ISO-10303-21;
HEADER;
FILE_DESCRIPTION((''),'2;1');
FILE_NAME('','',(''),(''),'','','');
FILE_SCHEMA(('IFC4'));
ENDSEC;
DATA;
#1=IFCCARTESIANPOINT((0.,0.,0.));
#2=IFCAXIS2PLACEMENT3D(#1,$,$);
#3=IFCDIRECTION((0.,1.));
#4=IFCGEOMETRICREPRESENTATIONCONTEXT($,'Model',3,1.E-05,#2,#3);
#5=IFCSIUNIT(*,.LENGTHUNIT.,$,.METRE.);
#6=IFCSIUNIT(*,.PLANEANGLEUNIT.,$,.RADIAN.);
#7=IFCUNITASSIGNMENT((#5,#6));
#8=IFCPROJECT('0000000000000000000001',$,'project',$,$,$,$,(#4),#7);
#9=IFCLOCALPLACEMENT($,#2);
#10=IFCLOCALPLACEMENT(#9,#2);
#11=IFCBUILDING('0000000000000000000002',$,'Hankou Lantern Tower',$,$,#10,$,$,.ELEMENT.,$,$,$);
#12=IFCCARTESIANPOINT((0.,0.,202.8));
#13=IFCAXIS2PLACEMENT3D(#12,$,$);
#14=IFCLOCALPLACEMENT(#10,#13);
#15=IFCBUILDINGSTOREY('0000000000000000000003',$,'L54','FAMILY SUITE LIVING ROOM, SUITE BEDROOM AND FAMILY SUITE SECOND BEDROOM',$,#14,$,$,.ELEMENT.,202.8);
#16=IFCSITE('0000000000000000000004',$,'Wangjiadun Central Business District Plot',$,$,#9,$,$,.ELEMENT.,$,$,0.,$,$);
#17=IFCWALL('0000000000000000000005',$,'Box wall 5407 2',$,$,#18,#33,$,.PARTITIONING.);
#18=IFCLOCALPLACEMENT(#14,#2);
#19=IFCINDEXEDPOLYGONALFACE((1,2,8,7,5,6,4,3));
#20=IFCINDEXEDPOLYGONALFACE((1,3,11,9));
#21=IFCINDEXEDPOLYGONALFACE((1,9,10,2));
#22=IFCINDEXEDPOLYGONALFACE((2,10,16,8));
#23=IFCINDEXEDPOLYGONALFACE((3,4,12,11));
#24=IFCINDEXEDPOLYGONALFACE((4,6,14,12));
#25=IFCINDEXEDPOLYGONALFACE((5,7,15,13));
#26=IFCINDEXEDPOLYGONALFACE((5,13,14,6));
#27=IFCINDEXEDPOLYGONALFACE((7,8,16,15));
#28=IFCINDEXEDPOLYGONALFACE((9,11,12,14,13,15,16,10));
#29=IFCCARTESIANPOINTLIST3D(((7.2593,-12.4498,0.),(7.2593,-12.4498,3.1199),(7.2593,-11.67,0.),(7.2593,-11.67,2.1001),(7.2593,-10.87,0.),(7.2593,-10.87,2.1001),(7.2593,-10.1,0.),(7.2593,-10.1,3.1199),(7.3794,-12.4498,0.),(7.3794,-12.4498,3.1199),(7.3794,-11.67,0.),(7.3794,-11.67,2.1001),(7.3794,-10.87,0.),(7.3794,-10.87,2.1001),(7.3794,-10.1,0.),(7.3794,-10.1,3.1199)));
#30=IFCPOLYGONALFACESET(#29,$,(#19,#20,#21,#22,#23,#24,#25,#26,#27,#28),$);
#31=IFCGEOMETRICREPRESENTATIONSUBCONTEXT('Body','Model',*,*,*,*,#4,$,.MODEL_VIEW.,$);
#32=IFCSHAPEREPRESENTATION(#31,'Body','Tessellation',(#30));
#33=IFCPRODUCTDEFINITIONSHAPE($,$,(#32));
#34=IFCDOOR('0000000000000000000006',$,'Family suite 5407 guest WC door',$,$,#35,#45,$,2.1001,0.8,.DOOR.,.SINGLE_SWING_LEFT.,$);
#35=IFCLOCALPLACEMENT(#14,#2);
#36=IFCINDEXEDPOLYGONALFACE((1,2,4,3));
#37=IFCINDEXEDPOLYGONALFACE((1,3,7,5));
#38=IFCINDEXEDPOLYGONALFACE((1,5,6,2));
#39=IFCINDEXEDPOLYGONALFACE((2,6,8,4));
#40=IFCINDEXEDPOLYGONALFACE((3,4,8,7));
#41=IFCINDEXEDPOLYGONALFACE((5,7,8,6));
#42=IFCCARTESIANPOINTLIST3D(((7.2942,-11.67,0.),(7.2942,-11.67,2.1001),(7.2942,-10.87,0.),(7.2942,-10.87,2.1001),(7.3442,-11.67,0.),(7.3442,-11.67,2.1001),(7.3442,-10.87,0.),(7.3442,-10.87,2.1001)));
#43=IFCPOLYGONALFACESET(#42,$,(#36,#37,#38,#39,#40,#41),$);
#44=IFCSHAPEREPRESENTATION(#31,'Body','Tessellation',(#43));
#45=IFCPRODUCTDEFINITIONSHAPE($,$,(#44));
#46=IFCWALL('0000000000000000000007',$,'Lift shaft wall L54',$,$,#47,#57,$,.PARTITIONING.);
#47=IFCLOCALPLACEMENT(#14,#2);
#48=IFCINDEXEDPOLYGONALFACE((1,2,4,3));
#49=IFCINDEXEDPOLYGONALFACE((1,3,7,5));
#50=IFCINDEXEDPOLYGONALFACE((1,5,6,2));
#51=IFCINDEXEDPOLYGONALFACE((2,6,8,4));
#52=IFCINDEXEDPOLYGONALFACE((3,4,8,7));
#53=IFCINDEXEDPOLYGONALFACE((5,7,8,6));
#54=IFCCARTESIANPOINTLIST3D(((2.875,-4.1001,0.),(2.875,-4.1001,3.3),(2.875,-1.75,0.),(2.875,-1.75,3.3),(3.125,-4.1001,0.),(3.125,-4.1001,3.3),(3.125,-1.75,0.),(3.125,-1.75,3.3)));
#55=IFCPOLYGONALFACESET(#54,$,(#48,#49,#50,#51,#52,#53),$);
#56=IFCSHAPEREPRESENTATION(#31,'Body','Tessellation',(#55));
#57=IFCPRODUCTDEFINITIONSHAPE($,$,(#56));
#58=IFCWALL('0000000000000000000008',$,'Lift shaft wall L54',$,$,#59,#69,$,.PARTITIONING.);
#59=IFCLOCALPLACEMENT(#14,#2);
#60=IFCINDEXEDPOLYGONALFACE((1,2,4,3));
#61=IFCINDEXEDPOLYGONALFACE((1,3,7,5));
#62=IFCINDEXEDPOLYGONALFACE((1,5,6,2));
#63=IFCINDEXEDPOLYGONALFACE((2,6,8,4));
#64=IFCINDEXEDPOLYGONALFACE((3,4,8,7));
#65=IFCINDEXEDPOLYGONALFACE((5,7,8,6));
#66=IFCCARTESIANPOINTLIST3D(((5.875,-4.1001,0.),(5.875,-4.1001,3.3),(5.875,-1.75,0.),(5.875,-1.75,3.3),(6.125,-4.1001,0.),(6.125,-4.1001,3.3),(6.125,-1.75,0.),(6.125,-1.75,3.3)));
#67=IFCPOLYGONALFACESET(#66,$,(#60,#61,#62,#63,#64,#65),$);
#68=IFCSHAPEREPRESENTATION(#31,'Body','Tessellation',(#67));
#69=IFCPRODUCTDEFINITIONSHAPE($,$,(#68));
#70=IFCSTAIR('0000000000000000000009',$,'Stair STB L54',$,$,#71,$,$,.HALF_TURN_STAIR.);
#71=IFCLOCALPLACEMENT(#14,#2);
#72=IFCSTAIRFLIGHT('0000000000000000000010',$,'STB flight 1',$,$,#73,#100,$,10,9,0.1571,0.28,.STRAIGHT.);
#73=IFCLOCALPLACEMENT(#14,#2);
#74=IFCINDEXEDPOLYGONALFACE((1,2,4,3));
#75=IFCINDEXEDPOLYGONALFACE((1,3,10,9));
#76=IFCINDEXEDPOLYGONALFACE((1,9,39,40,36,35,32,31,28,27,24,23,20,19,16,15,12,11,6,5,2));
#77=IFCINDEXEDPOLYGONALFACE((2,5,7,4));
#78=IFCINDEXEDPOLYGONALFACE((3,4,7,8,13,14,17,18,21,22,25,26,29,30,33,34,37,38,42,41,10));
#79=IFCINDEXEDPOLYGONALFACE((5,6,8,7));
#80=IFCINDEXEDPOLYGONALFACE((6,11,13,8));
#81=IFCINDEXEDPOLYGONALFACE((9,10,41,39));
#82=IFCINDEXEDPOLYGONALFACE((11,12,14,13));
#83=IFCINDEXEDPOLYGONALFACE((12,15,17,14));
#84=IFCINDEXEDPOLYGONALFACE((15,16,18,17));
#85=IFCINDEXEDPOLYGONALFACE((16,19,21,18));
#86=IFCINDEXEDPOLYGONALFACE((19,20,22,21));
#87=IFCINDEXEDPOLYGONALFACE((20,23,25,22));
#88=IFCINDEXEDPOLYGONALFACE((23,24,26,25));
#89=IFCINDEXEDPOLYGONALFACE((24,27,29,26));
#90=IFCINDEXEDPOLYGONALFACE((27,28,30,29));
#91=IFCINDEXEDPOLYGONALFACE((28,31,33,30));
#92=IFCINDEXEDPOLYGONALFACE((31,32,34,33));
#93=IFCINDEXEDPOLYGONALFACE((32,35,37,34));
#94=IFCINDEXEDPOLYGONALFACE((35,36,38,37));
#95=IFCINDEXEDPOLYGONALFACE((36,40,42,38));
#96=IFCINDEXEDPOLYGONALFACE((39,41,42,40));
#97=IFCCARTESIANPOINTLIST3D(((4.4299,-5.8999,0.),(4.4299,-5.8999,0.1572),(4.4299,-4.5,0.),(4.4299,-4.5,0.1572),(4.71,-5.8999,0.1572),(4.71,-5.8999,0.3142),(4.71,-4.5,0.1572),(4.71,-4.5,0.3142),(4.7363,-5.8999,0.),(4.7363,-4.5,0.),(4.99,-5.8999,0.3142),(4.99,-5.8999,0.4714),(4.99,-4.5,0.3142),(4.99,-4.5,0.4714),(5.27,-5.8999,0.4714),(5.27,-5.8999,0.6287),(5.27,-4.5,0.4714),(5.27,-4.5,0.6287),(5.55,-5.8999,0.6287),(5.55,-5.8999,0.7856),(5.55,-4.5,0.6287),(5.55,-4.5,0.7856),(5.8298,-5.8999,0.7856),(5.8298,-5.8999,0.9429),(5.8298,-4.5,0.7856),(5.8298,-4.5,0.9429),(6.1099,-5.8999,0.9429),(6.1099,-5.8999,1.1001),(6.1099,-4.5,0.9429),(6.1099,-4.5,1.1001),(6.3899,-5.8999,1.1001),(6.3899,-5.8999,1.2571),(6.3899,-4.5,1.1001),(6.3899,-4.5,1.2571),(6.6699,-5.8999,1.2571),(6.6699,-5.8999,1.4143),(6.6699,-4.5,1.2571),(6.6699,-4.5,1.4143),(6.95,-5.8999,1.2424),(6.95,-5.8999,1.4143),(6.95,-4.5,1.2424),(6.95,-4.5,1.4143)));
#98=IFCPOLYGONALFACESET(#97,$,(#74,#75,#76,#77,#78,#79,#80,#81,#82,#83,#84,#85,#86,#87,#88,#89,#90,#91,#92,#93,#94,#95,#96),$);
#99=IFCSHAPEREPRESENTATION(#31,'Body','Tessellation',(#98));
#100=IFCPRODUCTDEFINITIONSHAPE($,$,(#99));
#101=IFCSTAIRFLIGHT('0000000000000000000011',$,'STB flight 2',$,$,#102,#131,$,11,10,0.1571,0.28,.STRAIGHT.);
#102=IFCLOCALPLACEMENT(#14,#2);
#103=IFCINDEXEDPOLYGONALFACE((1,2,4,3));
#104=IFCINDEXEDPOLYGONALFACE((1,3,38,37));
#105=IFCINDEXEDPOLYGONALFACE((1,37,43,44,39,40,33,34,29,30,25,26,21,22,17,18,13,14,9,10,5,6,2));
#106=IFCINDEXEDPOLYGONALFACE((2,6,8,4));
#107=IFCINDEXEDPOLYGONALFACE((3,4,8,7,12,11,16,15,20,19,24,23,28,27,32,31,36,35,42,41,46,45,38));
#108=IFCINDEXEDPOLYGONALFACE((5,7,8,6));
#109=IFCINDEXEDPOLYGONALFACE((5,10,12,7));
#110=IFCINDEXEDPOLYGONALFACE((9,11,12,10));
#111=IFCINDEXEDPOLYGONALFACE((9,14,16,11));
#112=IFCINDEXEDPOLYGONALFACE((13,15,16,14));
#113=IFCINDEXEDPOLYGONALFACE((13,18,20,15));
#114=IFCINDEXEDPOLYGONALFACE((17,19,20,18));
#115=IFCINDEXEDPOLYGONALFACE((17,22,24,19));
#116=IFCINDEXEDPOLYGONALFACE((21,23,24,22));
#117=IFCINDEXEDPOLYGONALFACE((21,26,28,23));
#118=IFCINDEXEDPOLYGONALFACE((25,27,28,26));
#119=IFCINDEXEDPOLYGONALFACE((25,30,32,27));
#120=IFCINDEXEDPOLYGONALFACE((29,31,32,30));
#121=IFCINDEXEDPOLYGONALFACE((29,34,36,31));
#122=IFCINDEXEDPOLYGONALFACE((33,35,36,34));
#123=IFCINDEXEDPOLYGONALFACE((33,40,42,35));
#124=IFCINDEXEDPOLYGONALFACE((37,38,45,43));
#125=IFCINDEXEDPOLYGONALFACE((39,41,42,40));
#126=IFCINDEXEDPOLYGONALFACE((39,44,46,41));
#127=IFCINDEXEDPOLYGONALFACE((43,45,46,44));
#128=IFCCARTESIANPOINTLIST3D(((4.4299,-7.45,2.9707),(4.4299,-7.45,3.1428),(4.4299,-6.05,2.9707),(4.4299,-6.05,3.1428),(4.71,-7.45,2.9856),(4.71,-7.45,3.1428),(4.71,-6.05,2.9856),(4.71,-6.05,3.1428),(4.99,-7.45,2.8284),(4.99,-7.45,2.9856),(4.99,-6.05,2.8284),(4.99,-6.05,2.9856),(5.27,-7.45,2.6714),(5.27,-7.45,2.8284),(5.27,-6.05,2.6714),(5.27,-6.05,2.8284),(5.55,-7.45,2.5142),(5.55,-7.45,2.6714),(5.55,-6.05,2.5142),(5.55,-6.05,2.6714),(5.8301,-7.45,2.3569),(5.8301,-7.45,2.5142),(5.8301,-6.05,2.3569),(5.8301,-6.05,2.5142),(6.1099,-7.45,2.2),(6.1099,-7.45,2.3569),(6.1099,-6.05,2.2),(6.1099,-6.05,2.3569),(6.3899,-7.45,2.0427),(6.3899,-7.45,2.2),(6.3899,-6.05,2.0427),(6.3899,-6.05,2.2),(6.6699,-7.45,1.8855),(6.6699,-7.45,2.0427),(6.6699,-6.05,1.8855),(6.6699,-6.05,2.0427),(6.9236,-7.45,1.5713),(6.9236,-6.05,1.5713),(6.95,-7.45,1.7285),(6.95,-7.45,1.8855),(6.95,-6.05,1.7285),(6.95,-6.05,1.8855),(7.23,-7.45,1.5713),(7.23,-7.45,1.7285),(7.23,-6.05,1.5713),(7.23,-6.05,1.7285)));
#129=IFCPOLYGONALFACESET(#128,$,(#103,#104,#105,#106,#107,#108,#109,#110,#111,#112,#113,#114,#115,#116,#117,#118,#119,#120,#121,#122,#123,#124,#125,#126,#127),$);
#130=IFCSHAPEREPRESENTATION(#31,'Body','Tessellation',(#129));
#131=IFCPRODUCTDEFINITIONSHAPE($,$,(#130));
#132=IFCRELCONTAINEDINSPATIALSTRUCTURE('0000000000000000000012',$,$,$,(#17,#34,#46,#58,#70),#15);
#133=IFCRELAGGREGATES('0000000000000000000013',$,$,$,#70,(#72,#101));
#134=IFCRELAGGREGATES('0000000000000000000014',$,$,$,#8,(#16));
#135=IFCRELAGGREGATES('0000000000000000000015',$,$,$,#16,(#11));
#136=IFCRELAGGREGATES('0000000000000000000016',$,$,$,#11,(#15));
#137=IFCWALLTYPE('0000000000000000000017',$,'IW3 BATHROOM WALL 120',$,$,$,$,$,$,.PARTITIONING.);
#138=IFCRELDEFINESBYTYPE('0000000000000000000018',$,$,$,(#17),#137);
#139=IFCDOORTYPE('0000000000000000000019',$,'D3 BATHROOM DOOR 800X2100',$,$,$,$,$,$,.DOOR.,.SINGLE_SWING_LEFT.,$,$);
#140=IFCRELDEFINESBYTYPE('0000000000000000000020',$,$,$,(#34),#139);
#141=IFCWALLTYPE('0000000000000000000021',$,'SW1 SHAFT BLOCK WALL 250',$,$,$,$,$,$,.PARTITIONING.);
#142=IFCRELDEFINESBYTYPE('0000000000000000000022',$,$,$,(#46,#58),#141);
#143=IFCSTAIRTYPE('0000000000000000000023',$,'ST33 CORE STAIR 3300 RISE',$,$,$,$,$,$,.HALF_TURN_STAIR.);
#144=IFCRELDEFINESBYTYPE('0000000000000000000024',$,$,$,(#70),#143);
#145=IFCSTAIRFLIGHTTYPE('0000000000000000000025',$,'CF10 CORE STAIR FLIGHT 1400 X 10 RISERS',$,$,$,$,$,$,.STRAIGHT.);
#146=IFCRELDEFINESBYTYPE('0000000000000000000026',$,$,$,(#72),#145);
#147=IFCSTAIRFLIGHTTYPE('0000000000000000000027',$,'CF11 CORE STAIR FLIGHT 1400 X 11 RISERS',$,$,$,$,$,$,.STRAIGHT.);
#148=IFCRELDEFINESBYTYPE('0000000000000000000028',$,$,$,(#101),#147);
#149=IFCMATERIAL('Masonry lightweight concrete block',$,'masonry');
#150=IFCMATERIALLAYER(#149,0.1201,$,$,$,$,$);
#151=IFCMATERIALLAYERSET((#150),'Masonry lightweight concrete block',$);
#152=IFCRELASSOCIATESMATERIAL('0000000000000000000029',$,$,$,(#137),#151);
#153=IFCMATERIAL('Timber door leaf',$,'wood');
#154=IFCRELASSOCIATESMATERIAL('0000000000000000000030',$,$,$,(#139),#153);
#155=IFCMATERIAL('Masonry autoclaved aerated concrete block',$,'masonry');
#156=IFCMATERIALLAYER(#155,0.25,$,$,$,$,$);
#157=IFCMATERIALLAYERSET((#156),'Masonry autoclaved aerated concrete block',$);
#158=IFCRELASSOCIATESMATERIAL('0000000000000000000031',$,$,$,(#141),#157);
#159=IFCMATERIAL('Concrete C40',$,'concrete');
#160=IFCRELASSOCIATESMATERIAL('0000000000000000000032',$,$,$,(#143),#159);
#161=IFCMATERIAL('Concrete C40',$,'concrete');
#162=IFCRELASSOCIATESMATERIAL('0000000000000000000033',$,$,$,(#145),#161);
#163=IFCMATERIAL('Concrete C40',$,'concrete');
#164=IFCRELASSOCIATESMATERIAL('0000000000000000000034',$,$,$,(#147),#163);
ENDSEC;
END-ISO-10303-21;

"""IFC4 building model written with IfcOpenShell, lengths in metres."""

from ifc_helpers import new_model, si_unit, direction, frame, frame_2d, origin, place, context, subcontext, project, spatial, polyline, rectangle, outline, extrude, material, layer, layer_set, type_object, element, fill, aggregate, save


model = new_model("IFC4")

# Units and contexts
model_context = context("Model", 3, precision=1e-05, world=origin(), true_north=direction((0.0, 1.0)))
body_context = subcontext(model_context, "Body", "Model", "MODEL_VIEW")
ifc_project = project(units=[si_unit("LENGTHUNIT", "METRE"), si_unit("PLANEANGLEUNIT", "RADIAN")], contexts=[model_context])

# Site, building, storey
site_placement = place(None, origin())
site = spatial("IfcSite", under=ifc_project, at=site_placement, Name="Wangjiadun Central Business District Plot", CompositionType="ELEMENT", RefElevation=0.0)
building_placement = place(site_placement, origin())
building = spatial("IfcBuilding", under=site, at=building_placement, Name="Hankou Lantern Tower", CompositionType="ELEMENT")
storey_placement = place(building_placement, frame((0.0, 0.0, 202.8)))
storey = spatial("IfcBuildingStorey", under=building, at=storey_placement, Name="L54", Description="FAMILY SUITE LIVING ROOM, SUITE BEDROOM AND FAMILY SUITE SECOND BEDROOM", CompositionType="ELEMENT", Elevation=202.8)

# Shared definitions
ifc_material_1 = material(Name="Masonry lightweight concrete block", Category="masonry")
ifc_layer_1 = layer(ifc_material_1, 0.1201)
ifc_layer_set_1 = layer_set([ifc_layer_1], Name="Masonry lightweight concrete block")
wall_type_1 = type_object("IfcWallType", Name="IW3 BATHROOM WALL 120", PredefinedType="PARTITIONING", material=ifc_layer_set_1)

# Wall, opening, door
wall_1_placement = place(storey_placement, frame((7.3193, -10.1001, 0.0), z_axis=(0.0, 0.0, 1.0), x_axis=(0.0, -1.0, 0.0)))
wall_1 = element("IfcWall", 1, at=wall_1_placement, inside=storey, type_object=wall_type_1, Name="Box wall 5407 2", PredefinedType="PARTITIONING", context=body_context, shape_type="SweptSolid", body=[
    extrude(rectangle(XDim=2.3499, YDim=0.1201, at=frame_2d((1.1748, 0.0))), origin(), (0.0, 0.0, 1.0), 3.1199),
])
opening_1_placement = place(wall_1_placement, frame((0.77, 0.0, 0.0)))
opening_1 = element("IfcOpeningElement", 2, at=opening_1_placement, cuts=wall_1, PredefinedType="OPENING", context=body_context, shape_type="SweptSolid", body=[
    extrude(rectangle(XDim=0.8, YDim=2.1001, at=frame_2d((0.3999, 1.05))), frame((0.0, 0.0701, 0.0), z_axis=(0.0, -1.0, 0.0), x_axis=(1.0, 0.0, 0.0)), (0.0, 0.0, 1.0), 0.1401),
])
ifc_material_2 = material(Name="Timber door leaf", Category="wood")
door_type_1 = type_object("IfcDoorType", Name="D3 BATHROOM DOOR 800X2100", OperationType="SINGLE_SWING_LEFT", PredefinedType="DOOR", material=ifc_material_2)
door_1_placement = place(opening_1_placement, origin())
door_1 = element("IfcDoor", 3, at=door_1_placement, inside=storey, type_object=door_type_1, Name="Family suite 5407 guest WC door", OperationType="SINGLE_SWING_LEFT", OverallHeight=2.1001, OverallWidth=0.8, PredefinedType="DOOR", context=body_context, shape_type="SweptSolid", body=[
    extrude(rectangle(XDim=0.8, YDim=2.1001, at=frame_2d((0.3999, 1.05))), frame((0.0, 0.0249, 0.0), z_axis=(0.0, -1.0, 0.0), x_axis=(1.0, 0.0, 0.0)), (0.0, 0.0, 1.0), 0.05),
])
fill(opening_1, door_1)

# Walls
ifc_material_3 = material(Name="Masonry autoclaved aerated concrete block", Category="masonry")
ifc_layer_2 = layer(ifc_material_3, 0.25)
ifc_layer_set_2 = layer_set([ifc_layer_2], Name="Masonry autoclaved aerated concrete block")
wall_type_2 = type_object("IfcWallType", Name="SW1 SHAFT BLOCK WALL 250", PredefinedType="PARTITIONING", material=ifc_layer_set_2)
for number, where, z_axis, x_axis, name in (
    (4, (3.0, -4.1001, 0.0), (0.0, 0.0, 1.0), (0.0, 1.0, 0.0), "Lift shaft wall L54"),
    (5, (6.0, -4.1001, 0.0), (0.0, 0.0, 1.0), (0.0, 1.0, 0.0), "Lift shaft wall L54"),
):
    element("IfcWall", number, at=place(storey_placement, frame(where, z_axis=z_axis, x_axis=x_axis)), inside=storey, type_object=wall_type_2, Name=name, PredefinedType="PARTITIONING", context=body_context, shape_type="SweptSolid", body=[
        extrude(rectangle(XDim=2.3501, YDim=0.25, at=frame_2d((1.175, 0.0))), origin(), (0.0, 0.0, 1.0), 3.3),
    ])

# Stair, stair flights
ifc_material_4 = material(Name="Concrete C40", Category="concrete")
stair_type = type_object("IfcStairType", Name="ST33 CORE STAIR 3300 RISE", PredefinedType="HALF_TURN_STAIR", material=ifc_material_4)
stair_placement = place(storey_placement, origin())
stair = element("IfcStair", 6, at=stair_placement, inside=storey, type_object=stair_type, Name="Stair STB L54", PredefinedType="HALF_TURN_STAIR")
ifc_material_5 = material(Name="Concrete C40", Category="concrete")
stair_flight_type_1 = type_object("IfcStairFlightType", Name="CF10 CORE STAIR FLIGHT 1400 X 10 RISERS", PredefinedType="STRAIGHT", material=ifc_material_5)
stair_flight_1_placement = place(storey_placement, frame((4.4299, -5.2, 0.0), z_axis=(0.0, 0.0, 1.0), x_axis=(1.0, 0.0, 0.0)))
stair_flight_1 = element("IfcStairFlight", 7, at=stair_flight_1_placement, type_object=stair_flight_type_1, Name="STB flight 1", NumberOfRisers=10, NumberOfTreads=9, PredefinedType="STRAIGHT", RiserHeight=0.1571, TreadLength=0.28, context=body_context, shape_type="SweptSolid", body=[
    extrude(outline(polyline([(0.0, 0.0), (0.0, 0.1572), (0.28, 0.1572), (0.28, 0.3142), (0.5601, 0.3142), (0.5601, 0.4714), (0.8401, 0.4714), (0.8401, 0.6287), (1.1201, 0.6287), (1.1201, 0.7856), (1.3999, 0.7856), (1.3999, 0.9429), (1.6799, 0.9429), (1.6799, 1.1001), (1.96, 1.1001), (1.96, 1.2571), (2.24, 1.2571), (2.24, 1.4143), (2.52, 1.4143), (2.52, 1.5715), (2.52, 1.2424), (0.3064, 0.0), (0.0, 0.0)])), frame((0.0, 0.7, 0.0), z_axis=(0.0, -1.0, 0.0), x_axis=(1.0, 0.0, 0.0)), (0.0, 0.0, 1.0), 1.3999),
])
ifc_material_6 = material(Name="Concrete C40", Category="concrete")
stair_flight_type_2 = type_object("IfcStairFlightType", Name="CF11 CORE STAIR FLIGHT 1400 X 11 RISERS", PredefinedType="STRAIGHT", material=ifc_material_6)
stair_flight_2_placement = place(storey_placement, frame((7.23, -6.75, 1.5713), z_axis=(0.0, 0.0, 1.0), x_axis=(-1.0, 0.0, 0.0)))
stair_flight_2 = element("IfcStairFlight", 8, at=stair_flight_2_placement, type_object=stair_flight_type_2, Name="STB flight 2", NumberOfRisers=11, NumberOfTreads=10, PredefinedType="STRAIGHT", RiserHeight=0.1571, TreadLength=0.28, context=body_context, shape_type="SweptSolid", body=[
    extrude(outline(polyline([(0.0, 0.0), (0.0, 0.1572), (0.28, 0.1572), (0.28, 0.3142), (0.5601, 0.3142), (0.5601, 0.4714), (0.8401, 0.4714), (0.8401, 0.6287), (1.1201, 0.6287), (1.1201, 0.7856), (1.3999, 0.7856), (1.3999, 0.9429), (1.6799, 0.9429), (1.6799, 1.1001), (1.96, 1.1001), (1.96, 1.2571), (2.24, 1.2571), (2.24, 1.4143), (2.52, 1.4143), (2.52, 1.5715), (2.8, 1.5715), (2.8, 1.7285), (2.8, 1.3994), (0.3064, 0.0), (0.0, 0.0)])), frame((0.0, 0.7, 0.0), z_axis=(0.0, -1.0, 0.0), x_axis=(1.0, 0.0, 0.0)), (0.0, 0.0, 1.0), 1.3999),
])
aggregate(stair, [stair_flight_1, stair_flight_2])

save(model, "model.ifc")
